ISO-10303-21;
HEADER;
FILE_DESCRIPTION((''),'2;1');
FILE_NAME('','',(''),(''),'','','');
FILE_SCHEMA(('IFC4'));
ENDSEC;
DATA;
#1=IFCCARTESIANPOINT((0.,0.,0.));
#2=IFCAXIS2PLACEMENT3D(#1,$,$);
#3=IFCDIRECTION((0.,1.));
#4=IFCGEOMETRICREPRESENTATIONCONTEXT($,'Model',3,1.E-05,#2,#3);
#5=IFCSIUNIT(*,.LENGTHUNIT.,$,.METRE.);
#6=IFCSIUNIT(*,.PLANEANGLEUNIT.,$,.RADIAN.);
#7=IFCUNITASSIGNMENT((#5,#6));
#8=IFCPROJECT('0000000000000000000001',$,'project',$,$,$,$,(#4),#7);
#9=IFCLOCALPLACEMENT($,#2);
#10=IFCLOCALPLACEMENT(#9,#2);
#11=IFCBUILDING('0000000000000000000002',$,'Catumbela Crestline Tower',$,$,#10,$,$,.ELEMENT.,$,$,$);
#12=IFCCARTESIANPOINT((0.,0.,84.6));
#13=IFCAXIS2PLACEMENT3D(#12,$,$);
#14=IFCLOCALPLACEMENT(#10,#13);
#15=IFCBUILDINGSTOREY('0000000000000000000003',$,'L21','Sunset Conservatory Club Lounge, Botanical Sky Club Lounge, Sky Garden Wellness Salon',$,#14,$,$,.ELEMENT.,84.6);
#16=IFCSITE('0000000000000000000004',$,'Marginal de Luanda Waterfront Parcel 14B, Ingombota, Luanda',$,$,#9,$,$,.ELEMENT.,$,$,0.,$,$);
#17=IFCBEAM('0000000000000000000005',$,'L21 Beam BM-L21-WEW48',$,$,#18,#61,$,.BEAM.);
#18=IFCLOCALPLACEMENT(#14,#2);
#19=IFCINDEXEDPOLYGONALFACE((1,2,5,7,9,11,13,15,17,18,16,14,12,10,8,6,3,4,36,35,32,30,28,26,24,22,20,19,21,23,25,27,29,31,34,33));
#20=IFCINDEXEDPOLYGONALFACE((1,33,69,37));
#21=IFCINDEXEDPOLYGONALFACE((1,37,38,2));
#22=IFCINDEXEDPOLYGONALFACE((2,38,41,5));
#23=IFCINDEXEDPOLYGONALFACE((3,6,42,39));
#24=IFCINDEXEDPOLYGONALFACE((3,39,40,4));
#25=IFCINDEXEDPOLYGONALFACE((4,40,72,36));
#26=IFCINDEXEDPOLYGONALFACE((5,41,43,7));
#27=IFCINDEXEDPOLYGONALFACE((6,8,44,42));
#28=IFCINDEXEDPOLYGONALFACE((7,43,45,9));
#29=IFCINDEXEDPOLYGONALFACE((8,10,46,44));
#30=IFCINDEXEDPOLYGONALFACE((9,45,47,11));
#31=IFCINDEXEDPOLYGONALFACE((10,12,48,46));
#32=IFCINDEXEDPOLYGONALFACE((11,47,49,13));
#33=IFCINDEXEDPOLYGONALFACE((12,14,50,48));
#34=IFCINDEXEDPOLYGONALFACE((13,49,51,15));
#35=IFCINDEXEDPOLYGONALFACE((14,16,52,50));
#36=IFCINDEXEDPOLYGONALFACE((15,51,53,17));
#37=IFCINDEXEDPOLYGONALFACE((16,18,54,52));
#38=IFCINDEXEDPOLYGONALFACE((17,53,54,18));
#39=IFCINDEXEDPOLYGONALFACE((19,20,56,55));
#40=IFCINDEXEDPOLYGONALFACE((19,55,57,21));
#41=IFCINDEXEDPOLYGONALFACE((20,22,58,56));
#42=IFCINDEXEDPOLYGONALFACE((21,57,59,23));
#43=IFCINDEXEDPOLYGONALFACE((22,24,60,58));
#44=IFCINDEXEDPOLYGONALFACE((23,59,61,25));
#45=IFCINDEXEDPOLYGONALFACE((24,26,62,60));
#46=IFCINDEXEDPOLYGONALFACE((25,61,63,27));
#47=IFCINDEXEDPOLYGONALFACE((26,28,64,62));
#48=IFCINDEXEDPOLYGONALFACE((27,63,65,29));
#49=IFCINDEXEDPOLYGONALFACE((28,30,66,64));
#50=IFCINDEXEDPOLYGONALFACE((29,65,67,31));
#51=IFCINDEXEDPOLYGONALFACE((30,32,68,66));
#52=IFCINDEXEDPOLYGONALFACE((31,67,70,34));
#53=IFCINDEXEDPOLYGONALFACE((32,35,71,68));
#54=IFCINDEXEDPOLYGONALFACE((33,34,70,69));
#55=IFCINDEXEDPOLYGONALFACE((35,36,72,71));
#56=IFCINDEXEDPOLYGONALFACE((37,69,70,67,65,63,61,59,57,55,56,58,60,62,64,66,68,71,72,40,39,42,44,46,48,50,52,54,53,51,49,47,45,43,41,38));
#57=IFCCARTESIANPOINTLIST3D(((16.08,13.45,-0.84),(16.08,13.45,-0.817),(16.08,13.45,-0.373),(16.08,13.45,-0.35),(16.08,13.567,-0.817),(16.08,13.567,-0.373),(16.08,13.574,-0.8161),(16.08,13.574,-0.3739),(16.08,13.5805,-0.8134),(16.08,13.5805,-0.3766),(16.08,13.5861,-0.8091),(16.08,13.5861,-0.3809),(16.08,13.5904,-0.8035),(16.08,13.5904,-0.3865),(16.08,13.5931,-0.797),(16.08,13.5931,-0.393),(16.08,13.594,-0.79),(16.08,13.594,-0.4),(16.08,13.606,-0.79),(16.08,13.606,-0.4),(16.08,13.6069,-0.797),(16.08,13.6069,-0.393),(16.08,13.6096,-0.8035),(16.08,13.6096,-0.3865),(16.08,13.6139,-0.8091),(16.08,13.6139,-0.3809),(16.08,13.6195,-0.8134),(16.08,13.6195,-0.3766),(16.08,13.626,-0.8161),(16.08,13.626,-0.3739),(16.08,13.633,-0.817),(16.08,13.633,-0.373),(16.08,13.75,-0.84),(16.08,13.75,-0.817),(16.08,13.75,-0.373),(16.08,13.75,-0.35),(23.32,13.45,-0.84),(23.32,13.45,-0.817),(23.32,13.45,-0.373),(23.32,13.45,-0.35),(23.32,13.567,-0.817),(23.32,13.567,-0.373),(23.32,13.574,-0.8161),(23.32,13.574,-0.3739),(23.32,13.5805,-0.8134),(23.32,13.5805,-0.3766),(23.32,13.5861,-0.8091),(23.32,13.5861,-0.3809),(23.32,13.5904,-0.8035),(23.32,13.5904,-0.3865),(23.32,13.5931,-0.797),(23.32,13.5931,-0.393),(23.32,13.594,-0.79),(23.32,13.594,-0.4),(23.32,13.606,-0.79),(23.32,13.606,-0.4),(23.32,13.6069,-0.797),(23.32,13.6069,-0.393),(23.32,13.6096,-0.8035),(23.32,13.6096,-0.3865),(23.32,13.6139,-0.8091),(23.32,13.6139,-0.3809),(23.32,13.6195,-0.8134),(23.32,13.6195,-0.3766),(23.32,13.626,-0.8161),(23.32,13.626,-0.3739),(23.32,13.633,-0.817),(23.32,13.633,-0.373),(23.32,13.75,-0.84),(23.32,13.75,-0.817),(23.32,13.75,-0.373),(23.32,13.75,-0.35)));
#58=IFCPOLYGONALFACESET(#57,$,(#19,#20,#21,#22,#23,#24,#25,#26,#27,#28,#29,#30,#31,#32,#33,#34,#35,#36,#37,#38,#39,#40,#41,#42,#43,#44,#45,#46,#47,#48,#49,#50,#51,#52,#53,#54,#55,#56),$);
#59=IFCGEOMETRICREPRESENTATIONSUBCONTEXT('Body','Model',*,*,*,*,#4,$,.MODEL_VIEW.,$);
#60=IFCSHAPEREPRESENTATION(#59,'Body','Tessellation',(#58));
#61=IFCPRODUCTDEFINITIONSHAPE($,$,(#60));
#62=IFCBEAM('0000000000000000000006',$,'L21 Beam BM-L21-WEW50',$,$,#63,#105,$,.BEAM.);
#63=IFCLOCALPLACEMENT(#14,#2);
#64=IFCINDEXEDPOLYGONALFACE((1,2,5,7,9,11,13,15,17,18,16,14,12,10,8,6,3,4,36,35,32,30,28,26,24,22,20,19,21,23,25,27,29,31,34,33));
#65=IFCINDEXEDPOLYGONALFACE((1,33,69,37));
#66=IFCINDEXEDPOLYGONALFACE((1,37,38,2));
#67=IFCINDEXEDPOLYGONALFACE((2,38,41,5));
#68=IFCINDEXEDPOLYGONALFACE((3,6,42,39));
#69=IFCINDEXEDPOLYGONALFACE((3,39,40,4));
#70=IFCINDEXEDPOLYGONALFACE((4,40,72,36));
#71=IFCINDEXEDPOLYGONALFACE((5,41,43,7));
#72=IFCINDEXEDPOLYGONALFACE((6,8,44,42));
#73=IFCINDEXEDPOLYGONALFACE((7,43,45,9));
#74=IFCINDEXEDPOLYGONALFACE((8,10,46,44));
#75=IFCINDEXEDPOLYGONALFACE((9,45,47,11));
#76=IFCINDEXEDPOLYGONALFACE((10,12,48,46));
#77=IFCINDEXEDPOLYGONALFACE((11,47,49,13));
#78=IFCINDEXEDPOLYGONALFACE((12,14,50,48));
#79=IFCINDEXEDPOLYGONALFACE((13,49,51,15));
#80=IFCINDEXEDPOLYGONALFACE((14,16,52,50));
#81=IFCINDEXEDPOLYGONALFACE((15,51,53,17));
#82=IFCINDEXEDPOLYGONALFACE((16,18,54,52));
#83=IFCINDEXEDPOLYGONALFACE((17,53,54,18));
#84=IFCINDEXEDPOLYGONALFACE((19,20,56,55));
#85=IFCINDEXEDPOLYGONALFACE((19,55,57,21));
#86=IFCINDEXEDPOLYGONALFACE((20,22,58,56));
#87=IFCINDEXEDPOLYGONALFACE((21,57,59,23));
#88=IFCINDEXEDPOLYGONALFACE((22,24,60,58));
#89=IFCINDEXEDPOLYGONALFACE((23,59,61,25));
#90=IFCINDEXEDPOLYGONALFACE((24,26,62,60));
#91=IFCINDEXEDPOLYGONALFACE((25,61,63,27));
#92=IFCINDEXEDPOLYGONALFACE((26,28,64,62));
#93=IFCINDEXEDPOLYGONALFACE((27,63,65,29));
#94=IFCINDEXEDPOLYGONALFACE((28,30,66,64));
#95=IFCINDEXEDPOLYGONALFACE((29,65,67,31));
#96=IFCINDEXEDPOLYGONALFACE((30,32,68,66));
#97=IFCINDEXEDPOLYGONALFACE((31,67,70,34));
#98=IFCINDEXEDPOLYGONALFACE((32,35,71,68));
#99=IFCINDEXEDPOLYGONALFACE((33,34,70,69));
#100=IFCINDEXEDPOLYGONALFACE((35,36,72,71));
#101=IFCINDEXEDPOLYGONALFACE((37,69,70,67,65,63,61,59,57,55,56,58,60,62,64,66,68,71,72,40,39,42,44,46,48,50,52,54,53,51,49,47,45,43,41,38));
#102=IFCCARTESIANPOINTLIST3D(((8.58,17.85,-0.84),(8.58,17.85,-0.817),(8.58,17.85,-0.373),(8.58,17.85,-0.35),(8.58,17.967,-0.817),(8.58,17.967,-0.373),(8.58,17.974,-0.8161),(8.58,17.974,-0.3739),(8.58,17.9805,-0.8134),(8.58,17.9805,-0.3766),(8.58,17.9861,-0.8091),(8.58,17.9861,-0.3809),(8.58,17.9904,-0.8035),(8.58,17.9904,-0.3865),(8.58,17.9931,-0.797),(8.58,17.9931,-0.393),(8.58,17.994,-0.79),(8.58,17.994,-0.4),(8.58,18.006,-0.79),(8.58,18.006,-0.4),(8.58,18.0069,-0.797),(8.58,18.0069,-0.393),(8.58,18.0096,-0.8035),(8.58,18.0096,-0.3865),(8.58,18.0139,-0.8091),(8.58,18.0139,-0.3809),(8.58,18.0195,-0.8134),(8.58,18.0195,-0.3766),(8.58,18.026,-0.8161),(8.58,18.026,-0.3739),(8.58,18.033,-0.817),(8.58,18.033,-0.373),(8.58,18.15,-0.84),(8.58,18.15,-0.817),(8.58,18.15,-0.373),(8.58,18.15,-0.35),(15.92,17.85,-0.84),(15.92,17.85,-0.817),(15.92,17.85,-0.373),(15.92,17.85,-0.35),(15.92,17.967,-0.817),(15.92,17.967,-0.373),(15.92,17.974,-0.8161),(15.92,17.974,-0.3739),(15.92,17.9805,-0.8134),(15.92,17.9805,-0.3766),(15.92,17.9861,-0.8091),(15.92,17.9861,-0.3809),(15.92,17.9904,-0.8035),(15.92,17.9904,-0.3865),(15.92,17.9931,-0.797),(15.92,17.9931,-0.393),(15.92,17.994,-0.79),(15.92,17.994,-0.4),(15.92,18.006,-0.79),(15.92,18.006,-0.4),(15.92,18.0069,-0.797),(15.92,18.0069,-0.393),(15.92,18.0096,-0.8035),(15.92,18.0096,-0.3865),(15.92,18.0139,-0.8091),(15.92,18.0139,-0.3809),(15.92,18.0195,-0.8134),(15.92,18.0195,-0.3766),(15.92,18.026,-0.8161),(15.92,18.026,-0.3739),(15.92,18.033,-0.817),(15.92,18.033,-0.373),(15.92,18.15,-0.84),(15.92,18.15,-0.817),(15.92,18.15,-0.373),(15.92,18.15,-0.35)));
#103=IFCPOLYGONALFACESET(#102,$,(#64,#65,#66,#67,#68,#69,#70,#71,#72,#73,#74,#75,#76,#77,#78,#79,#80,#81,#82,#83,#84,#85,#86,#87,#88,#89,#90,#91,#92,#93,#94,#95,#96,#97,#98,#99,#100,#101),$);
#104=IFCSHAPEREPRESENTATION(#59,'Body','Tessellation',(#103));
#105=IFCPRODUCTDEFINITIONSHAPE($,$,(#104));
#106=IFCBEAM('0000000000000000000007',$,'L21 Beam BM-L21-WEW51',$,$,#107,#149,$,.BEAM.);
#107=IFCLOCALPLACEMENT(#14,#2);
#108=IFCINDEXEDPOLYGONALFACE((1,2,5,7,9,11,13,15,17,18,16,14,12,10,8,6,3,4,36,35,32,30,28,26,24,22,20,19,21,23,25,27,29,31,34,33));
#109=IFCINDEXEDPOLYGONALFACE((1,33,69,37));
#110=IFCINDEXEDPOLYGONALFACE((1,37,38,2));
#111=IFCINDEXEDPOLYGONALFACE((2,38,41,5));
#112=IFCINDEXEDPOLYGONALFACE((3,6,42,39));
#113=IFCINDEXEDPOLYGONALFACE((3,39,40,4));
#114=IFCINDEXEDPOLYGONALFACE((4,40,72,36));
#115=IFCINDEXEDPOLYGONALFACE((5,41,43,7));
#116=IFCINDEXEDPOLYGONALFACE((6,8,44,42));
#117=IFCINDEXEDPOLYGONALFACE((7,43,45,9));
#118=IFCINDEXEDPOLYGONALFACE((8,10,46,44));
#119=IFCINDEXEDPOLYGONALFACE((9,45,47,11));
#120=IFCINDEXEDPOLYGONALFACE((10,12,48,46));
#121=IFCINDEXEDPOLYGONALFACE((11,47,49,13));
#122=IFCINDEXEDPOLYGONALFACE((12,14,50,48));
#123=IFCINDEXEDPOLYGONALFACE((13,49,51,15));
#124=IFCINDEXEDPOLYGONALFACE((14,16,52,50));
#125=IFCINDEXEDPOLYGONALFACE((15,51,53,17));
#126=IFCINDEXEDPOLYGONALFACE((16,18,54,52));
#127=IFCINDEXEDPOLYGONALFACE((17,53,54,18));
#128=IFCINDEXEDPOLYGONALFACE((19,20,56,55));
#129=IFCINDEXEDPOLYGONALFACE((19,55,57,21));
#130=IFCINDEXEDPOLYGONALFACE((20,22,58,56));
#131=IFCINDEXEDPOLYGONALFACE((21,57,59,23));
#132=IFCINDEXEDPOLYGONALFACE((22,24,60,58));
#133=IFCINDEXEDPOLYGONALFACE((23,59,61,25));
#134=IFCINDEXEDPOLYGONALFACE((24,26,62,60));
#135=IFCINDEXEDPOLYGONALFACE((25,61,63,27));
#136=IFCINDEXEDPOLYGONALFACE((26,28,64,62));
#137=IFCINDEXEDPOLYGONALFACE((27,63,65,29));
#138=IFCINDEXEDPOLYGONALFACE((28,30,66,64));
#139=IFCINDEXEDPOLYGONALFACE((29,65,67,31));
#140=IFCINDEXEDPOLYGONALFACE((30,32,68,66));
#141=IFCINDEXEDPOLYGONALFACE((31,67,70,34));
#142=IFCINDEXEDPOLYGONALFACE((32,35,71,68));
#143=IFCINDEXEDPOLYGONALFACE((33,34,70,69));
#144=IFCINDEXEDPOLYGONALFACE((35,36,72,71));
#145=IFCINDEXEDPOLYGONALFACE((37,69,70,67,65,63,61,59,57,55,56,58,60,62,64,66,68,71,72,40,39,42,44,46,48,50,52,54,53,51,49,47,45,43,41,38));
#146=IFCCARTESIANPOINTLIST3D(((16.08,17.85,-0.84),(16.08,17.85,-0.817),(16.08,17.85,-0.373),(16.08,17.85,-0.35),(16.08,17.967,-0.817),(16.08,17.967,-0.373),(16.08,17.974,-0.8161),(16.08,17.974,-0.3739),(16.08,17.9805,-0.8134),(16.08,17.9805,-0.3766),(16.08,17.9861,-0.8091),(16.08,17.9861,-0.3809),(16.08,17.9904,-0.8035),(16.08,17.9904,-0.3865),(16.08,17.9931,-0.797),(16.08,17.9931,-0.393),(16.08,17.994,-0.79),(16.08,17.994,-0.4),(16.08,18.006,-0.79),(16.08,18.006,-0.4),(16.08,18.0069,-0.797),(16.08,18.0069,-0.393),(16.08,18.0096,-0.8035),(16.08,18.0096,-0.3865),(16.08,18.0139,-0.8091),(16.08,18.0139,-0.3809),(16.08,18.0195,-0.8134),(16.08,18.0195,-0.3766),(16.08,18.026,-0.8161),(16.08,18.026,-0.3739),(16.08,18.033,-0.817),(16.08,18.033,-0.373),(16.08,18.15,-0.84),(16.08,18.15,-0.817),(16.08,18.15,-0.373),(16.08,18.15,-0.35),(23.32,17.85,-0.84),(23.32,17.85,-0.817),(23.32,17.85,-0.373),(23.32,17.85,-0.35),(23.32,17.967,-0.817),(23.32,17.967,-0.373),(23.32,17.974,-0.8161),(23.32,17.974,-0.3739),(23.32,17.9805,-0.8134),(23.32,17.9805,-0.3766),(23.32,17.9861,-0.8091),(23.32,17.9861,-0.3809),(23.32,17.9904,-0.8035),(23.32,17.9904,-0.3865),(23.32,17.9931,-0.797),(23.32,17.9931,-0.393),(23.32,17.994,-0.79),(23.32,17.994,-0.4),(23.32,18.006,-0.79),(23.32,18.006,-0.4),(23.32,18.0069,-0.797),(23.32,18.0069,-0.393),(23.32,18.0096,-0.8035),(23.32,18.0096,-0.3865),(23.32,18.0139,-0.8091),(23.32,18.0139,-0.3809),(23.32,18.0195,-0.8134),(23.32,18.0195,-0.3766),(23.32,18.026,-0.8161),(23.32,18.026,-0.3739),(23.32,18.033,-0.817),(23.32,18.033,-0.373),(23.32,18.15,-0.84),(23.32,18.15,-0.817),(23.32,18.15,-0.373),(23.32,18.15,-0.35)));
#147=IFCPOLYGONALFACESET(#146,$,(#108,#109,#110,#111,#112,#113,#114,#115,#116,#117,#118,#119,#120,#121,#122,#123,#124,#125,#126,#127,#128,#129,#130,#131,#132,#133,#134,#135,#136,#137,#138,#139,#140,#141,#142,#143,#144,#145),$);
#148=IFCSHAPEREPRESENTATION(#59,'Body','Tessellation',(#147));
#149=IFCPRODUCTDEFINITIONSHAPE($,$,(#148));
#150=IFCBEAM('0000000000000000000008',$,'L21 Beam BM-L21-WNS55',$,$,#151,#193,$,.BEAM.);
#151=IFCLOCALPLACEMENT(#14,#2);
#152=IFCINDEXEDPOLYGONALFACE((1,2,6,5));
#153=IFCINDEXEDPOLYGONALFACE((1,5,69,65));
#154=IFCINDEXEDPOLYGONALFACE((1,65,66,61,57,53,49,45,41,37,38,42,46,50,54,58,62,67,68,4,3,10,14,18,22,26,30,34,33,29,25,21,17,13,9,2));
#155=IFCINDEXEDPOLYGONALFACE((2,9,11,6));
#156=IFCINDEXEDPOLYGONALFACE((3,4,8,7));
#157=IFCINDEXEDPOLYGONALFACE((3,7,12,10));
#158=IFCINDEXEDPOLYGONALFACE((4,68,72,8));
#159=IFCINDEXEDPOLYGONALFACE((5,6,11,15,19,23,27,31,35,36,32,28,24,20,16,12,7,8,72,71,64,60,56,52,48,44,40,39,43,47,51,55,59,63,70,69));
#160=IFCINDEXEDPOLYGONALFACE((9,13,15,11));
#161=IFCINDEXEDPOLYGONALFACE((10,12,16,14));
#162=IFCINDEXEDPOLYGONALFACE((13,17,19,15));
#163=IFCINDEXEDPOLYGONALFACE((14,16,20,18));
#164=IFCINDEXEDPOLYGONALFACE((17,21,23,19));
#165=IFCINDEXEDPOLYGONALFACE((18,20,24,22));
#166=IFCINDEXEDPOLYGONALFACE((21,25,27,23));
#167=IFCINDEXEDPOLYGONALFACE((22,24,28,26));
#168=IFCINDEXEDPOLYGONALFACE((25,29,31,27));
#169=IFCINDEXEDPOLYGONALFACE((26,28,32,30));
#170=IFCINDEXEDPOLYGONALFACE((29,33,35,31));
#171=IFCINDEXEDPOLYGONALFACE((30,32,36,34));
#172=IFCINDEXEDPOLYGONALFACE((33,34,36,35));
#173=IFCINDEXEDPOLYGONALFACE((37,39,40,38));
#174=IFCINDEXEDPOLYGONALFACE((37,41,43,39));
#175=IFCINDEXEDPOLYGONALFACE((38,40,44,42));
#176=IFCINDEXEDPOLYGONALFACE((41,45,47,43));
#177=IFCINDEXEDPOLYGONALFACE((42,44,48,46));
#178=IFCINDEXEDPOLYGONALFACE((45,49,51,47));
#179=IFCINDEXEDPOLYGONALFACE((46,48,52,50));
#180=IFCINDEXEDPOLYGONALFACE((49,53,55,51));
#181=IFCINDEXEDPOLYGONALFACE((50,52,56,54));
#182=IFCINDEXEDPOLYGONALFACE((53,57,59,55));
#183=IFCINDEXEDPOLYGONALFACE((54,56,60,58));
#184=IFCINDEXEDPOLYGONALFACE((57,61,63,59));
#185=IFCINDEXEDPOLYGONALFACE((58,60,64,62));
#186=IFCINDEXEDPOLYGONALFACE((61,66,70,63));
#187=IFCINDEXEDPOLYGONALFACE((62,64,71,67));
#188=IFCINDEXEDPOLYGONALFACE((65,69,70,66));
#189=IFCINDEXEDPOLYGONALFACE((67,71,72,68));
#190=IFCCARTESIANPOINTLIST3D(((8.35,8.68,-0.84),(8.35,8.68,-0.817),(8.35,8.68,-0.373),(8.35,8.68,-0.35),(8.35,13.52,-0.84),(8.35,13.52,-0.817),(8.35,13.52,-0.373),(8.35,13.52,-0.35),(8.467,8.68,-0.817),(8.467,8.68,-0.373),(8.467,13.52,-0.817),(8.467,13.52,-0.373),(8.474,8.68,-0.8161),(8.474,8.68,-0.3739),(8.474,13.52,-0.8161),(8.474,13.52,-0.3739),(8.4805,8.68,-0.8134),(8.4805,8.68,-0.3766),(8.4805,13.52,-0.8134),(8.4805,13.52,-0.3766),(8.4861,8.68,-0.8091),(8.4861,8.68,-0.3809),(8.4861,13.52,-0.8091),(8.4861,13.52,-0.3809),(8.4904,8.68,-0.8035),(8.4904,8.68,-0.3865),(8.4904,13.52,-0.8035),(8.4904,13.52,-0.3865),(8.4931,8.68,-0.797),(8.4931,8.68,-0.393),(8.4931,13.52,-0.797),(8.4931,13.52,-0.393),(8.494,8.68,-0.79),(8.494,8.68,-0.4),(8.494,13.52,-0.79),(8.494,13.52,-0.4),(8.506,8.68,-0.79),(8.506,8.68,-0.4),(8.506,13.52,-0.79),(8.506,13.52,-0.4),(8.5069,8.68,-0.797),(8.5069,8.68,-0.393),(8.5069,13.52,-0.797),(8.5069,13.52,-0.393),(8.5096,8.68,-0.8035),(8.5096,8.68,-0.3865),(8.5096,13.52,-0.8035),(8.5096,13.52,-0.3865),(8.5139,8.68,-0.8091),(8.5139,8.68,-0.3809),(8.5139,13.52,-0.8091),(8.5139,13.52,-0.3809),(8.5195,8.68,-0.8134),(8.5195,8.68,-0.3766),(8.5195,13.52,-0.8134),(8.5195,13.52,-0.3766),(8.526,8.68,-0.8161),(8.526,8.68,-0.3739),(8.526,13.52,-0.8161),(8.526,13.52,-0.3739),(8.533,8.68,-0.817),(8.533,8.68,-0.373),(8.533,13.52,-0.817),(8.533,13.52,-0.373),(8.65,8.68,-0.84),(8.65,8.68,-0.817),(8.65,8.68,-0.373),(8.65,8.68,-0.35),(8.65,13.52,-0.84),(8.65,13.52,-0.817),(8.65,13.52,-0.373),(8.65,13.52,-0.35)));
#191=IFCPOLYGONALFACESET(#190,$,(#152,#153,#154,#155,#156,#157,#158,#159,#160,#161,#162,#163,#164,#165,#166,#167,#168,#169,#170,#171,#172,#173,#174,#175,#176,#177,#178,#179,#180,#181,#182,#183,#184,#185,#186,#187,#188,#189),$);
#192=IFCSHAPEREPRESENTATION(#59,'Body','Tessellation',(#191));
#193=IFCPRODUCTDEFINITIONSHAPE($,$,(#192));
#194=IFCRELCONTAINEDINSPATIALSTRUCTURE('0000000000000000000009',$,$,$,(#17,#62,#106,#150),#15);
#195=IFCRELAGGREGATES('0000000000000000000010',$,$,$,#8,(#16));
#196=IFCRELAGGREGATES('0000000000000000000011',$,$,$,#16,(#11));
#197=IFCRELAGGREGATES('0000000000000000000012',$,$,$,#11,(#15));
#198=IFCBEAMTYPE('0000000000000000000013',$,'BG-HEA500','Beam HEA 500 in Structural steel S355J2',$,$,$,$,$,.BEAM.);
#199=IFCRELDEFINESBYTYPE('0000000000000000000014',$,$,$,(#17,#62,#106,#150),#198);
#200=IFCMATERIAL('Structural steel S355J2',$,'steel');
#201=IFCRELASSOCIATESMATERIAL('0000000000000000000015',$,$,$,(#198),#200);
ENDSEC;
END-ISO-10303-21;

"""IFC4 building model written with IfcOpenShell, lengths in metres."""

from ifc_helpers import new_model, si_unit, direction, frame, origin, origin_2d, place, context, subcontext, project, spatial, i_section, extrude, material, material_profile, profile_set, type_object, element, save


model = new_model("IFC4")

# Units and contexts
model_context = context("Model", 3, precision=1e-05, world=origin(), true_north=direction((0.0, 1.0)))
body_context = subcontext(model_context, "Body", "Model", "MODEL_VIEW")
ifc_project = project(units=[si_unit("LENGTHUNIT", "METRE"), si_unit("PLANEANGLEUNIT", "RADIAN")], contexts=[model_context])

# Site, building, storey
site_placement = place(None, origin())
site = spatial("IfcSite", under=ifc_project, at=site_placement, Name="Marginal de Luanda Waterfront Parcel 14B, Ingombota, Luanda", CompositionType="ELEMENT", RefElevation=0.0)
building_placement = place(site_placement, origin())
building = spatial("IfcBuilding", under=site, at=building_placement, Name="Catumbela Crestline Tower", CompositionType="ELEMENT")
storey_placement = place(building_placement, frame((0.0, 0.0, 84.6)))
storey = spatial("IfcBuildingStorey", under=building, at=storey_placement, Name="L21", Description="Sunset Conservatory Club Lounge, Botanical Sky Club Lounge, Sky Garden Wellness Salon", CompositionType="ELEMENT", Elevation=84.6)

# Beams
ifc_material_1 = material(Name="Structural steel S355J2", Category="steel")
ifc_material_profile_1 = material_profile(ifc_material_1, i_section(OverallWidth=0.3, OverallDepth=0.49, WebThickness=0.012, FlangeThickness=0.023, FilletRadius=0.027, at=origin_2d()), Name="HEA 500")
ifc_profile_set_1 = profile_set([ifc_material_profile_1], Name="Structural steel S355J2")
beam_type_1 = type_object("IfcBeamType", Name="BG-HEA500", Description="Beam HEA 500 in Structural steel S355J2", PredefinedType="BEAM", material=ifc_profile_set_1)
beam_1_placement = place(storey_placement, frame((16.08, 13.6, -0.595), z_axis=(1.0, 0.0, 0.0), x_axis=(0.0, 1.0, 0.0)))
element("IfcBeam", 1, at=beam_1_placement, inside=storey, type_object=beam_type_1, Name="L21 Beam BM-L21-WEW48", PredefinedType="BEAM", context=body_context, shape_type="SweptSolid", body=[
    extrude(i_section(OverallWidth=0.3, OverallDepth=0.49, WebThickness=0.012, FlangeThickness=0.023, FilletRadius=0.027, at=origin_2d()), origin(), (0.0, 0.0, 1.0), 7.24),
])
beam_2_placement = place(storey_placement, frame((8.58, 18.0, -0.595), z_axis=(1.0, 0.0, 0.0), x_axis=(0.0, 1.0, 0.0)))
element("IfcBeam", 2, at=beam_2_placement, inside=storey, type_object=beam_type_1, Name="L21 Beam BM-L21-WEW50", PredefinedType="BEAM", context=body_context, shape_type="SweptSolid", body=[
    extrude(i_section(OverallWidth=0.3, OverallDepth=0.49, WebThickness=0.012, FlangeThickness=0.023, FilletRadius=0.027, at=origin_2d()), origin(), (0.0, 0.0, 1.0), 7.34),
])
beam_3_placement = place(storey_placement, frame((16.08, 18.0, -0.595), z_axis=(1.0, 0.0, 0.0), x_axis=(0.0, 1.0, 0.0)))
element("IfcBeam", 3, at=beam_3_placement, inside=storey, type_object=beam_type_1, Name="L21 Beam BM-L21-WEW51", PredefinedType="BEAM", context=body_context, shape_type="SweptSolid", body=[
    extrude(i_section(OverallWidth=0.3, OverallDepth=0.49, WebThickness=0.012, FlangeThickness=0.023, FilletRadius=0.027, at=origin_2d()), origin(), (0.0, 0.0, 1.0), 7.24),
])
beam_4_placement = place(storey_placement, frame((8.5, 8.68, -0.595), z_axis=(0.0, 1.0, 0.0), x_axis=(-1.0, 0.0, 0.0)))
element("IfcBeam", 4, at=beam_4_placement, inside=storey, type_object=beam_type_1, Name="L21 Beam BM-L21-WNS55", PredefinedType="BEAM", context=body_context, shape_type="SweptSolid", body=[
    extrude(i_section(OverallWidth=0.3, OverallDepth=0.49, WebThickness=0.012, FlangeThickness=0.023, FilletRadius=0.027, at=origin_2d()), origin(), (0.0, 0.0, 1.0), 4.84),
])

save(model, "model.ifc")
